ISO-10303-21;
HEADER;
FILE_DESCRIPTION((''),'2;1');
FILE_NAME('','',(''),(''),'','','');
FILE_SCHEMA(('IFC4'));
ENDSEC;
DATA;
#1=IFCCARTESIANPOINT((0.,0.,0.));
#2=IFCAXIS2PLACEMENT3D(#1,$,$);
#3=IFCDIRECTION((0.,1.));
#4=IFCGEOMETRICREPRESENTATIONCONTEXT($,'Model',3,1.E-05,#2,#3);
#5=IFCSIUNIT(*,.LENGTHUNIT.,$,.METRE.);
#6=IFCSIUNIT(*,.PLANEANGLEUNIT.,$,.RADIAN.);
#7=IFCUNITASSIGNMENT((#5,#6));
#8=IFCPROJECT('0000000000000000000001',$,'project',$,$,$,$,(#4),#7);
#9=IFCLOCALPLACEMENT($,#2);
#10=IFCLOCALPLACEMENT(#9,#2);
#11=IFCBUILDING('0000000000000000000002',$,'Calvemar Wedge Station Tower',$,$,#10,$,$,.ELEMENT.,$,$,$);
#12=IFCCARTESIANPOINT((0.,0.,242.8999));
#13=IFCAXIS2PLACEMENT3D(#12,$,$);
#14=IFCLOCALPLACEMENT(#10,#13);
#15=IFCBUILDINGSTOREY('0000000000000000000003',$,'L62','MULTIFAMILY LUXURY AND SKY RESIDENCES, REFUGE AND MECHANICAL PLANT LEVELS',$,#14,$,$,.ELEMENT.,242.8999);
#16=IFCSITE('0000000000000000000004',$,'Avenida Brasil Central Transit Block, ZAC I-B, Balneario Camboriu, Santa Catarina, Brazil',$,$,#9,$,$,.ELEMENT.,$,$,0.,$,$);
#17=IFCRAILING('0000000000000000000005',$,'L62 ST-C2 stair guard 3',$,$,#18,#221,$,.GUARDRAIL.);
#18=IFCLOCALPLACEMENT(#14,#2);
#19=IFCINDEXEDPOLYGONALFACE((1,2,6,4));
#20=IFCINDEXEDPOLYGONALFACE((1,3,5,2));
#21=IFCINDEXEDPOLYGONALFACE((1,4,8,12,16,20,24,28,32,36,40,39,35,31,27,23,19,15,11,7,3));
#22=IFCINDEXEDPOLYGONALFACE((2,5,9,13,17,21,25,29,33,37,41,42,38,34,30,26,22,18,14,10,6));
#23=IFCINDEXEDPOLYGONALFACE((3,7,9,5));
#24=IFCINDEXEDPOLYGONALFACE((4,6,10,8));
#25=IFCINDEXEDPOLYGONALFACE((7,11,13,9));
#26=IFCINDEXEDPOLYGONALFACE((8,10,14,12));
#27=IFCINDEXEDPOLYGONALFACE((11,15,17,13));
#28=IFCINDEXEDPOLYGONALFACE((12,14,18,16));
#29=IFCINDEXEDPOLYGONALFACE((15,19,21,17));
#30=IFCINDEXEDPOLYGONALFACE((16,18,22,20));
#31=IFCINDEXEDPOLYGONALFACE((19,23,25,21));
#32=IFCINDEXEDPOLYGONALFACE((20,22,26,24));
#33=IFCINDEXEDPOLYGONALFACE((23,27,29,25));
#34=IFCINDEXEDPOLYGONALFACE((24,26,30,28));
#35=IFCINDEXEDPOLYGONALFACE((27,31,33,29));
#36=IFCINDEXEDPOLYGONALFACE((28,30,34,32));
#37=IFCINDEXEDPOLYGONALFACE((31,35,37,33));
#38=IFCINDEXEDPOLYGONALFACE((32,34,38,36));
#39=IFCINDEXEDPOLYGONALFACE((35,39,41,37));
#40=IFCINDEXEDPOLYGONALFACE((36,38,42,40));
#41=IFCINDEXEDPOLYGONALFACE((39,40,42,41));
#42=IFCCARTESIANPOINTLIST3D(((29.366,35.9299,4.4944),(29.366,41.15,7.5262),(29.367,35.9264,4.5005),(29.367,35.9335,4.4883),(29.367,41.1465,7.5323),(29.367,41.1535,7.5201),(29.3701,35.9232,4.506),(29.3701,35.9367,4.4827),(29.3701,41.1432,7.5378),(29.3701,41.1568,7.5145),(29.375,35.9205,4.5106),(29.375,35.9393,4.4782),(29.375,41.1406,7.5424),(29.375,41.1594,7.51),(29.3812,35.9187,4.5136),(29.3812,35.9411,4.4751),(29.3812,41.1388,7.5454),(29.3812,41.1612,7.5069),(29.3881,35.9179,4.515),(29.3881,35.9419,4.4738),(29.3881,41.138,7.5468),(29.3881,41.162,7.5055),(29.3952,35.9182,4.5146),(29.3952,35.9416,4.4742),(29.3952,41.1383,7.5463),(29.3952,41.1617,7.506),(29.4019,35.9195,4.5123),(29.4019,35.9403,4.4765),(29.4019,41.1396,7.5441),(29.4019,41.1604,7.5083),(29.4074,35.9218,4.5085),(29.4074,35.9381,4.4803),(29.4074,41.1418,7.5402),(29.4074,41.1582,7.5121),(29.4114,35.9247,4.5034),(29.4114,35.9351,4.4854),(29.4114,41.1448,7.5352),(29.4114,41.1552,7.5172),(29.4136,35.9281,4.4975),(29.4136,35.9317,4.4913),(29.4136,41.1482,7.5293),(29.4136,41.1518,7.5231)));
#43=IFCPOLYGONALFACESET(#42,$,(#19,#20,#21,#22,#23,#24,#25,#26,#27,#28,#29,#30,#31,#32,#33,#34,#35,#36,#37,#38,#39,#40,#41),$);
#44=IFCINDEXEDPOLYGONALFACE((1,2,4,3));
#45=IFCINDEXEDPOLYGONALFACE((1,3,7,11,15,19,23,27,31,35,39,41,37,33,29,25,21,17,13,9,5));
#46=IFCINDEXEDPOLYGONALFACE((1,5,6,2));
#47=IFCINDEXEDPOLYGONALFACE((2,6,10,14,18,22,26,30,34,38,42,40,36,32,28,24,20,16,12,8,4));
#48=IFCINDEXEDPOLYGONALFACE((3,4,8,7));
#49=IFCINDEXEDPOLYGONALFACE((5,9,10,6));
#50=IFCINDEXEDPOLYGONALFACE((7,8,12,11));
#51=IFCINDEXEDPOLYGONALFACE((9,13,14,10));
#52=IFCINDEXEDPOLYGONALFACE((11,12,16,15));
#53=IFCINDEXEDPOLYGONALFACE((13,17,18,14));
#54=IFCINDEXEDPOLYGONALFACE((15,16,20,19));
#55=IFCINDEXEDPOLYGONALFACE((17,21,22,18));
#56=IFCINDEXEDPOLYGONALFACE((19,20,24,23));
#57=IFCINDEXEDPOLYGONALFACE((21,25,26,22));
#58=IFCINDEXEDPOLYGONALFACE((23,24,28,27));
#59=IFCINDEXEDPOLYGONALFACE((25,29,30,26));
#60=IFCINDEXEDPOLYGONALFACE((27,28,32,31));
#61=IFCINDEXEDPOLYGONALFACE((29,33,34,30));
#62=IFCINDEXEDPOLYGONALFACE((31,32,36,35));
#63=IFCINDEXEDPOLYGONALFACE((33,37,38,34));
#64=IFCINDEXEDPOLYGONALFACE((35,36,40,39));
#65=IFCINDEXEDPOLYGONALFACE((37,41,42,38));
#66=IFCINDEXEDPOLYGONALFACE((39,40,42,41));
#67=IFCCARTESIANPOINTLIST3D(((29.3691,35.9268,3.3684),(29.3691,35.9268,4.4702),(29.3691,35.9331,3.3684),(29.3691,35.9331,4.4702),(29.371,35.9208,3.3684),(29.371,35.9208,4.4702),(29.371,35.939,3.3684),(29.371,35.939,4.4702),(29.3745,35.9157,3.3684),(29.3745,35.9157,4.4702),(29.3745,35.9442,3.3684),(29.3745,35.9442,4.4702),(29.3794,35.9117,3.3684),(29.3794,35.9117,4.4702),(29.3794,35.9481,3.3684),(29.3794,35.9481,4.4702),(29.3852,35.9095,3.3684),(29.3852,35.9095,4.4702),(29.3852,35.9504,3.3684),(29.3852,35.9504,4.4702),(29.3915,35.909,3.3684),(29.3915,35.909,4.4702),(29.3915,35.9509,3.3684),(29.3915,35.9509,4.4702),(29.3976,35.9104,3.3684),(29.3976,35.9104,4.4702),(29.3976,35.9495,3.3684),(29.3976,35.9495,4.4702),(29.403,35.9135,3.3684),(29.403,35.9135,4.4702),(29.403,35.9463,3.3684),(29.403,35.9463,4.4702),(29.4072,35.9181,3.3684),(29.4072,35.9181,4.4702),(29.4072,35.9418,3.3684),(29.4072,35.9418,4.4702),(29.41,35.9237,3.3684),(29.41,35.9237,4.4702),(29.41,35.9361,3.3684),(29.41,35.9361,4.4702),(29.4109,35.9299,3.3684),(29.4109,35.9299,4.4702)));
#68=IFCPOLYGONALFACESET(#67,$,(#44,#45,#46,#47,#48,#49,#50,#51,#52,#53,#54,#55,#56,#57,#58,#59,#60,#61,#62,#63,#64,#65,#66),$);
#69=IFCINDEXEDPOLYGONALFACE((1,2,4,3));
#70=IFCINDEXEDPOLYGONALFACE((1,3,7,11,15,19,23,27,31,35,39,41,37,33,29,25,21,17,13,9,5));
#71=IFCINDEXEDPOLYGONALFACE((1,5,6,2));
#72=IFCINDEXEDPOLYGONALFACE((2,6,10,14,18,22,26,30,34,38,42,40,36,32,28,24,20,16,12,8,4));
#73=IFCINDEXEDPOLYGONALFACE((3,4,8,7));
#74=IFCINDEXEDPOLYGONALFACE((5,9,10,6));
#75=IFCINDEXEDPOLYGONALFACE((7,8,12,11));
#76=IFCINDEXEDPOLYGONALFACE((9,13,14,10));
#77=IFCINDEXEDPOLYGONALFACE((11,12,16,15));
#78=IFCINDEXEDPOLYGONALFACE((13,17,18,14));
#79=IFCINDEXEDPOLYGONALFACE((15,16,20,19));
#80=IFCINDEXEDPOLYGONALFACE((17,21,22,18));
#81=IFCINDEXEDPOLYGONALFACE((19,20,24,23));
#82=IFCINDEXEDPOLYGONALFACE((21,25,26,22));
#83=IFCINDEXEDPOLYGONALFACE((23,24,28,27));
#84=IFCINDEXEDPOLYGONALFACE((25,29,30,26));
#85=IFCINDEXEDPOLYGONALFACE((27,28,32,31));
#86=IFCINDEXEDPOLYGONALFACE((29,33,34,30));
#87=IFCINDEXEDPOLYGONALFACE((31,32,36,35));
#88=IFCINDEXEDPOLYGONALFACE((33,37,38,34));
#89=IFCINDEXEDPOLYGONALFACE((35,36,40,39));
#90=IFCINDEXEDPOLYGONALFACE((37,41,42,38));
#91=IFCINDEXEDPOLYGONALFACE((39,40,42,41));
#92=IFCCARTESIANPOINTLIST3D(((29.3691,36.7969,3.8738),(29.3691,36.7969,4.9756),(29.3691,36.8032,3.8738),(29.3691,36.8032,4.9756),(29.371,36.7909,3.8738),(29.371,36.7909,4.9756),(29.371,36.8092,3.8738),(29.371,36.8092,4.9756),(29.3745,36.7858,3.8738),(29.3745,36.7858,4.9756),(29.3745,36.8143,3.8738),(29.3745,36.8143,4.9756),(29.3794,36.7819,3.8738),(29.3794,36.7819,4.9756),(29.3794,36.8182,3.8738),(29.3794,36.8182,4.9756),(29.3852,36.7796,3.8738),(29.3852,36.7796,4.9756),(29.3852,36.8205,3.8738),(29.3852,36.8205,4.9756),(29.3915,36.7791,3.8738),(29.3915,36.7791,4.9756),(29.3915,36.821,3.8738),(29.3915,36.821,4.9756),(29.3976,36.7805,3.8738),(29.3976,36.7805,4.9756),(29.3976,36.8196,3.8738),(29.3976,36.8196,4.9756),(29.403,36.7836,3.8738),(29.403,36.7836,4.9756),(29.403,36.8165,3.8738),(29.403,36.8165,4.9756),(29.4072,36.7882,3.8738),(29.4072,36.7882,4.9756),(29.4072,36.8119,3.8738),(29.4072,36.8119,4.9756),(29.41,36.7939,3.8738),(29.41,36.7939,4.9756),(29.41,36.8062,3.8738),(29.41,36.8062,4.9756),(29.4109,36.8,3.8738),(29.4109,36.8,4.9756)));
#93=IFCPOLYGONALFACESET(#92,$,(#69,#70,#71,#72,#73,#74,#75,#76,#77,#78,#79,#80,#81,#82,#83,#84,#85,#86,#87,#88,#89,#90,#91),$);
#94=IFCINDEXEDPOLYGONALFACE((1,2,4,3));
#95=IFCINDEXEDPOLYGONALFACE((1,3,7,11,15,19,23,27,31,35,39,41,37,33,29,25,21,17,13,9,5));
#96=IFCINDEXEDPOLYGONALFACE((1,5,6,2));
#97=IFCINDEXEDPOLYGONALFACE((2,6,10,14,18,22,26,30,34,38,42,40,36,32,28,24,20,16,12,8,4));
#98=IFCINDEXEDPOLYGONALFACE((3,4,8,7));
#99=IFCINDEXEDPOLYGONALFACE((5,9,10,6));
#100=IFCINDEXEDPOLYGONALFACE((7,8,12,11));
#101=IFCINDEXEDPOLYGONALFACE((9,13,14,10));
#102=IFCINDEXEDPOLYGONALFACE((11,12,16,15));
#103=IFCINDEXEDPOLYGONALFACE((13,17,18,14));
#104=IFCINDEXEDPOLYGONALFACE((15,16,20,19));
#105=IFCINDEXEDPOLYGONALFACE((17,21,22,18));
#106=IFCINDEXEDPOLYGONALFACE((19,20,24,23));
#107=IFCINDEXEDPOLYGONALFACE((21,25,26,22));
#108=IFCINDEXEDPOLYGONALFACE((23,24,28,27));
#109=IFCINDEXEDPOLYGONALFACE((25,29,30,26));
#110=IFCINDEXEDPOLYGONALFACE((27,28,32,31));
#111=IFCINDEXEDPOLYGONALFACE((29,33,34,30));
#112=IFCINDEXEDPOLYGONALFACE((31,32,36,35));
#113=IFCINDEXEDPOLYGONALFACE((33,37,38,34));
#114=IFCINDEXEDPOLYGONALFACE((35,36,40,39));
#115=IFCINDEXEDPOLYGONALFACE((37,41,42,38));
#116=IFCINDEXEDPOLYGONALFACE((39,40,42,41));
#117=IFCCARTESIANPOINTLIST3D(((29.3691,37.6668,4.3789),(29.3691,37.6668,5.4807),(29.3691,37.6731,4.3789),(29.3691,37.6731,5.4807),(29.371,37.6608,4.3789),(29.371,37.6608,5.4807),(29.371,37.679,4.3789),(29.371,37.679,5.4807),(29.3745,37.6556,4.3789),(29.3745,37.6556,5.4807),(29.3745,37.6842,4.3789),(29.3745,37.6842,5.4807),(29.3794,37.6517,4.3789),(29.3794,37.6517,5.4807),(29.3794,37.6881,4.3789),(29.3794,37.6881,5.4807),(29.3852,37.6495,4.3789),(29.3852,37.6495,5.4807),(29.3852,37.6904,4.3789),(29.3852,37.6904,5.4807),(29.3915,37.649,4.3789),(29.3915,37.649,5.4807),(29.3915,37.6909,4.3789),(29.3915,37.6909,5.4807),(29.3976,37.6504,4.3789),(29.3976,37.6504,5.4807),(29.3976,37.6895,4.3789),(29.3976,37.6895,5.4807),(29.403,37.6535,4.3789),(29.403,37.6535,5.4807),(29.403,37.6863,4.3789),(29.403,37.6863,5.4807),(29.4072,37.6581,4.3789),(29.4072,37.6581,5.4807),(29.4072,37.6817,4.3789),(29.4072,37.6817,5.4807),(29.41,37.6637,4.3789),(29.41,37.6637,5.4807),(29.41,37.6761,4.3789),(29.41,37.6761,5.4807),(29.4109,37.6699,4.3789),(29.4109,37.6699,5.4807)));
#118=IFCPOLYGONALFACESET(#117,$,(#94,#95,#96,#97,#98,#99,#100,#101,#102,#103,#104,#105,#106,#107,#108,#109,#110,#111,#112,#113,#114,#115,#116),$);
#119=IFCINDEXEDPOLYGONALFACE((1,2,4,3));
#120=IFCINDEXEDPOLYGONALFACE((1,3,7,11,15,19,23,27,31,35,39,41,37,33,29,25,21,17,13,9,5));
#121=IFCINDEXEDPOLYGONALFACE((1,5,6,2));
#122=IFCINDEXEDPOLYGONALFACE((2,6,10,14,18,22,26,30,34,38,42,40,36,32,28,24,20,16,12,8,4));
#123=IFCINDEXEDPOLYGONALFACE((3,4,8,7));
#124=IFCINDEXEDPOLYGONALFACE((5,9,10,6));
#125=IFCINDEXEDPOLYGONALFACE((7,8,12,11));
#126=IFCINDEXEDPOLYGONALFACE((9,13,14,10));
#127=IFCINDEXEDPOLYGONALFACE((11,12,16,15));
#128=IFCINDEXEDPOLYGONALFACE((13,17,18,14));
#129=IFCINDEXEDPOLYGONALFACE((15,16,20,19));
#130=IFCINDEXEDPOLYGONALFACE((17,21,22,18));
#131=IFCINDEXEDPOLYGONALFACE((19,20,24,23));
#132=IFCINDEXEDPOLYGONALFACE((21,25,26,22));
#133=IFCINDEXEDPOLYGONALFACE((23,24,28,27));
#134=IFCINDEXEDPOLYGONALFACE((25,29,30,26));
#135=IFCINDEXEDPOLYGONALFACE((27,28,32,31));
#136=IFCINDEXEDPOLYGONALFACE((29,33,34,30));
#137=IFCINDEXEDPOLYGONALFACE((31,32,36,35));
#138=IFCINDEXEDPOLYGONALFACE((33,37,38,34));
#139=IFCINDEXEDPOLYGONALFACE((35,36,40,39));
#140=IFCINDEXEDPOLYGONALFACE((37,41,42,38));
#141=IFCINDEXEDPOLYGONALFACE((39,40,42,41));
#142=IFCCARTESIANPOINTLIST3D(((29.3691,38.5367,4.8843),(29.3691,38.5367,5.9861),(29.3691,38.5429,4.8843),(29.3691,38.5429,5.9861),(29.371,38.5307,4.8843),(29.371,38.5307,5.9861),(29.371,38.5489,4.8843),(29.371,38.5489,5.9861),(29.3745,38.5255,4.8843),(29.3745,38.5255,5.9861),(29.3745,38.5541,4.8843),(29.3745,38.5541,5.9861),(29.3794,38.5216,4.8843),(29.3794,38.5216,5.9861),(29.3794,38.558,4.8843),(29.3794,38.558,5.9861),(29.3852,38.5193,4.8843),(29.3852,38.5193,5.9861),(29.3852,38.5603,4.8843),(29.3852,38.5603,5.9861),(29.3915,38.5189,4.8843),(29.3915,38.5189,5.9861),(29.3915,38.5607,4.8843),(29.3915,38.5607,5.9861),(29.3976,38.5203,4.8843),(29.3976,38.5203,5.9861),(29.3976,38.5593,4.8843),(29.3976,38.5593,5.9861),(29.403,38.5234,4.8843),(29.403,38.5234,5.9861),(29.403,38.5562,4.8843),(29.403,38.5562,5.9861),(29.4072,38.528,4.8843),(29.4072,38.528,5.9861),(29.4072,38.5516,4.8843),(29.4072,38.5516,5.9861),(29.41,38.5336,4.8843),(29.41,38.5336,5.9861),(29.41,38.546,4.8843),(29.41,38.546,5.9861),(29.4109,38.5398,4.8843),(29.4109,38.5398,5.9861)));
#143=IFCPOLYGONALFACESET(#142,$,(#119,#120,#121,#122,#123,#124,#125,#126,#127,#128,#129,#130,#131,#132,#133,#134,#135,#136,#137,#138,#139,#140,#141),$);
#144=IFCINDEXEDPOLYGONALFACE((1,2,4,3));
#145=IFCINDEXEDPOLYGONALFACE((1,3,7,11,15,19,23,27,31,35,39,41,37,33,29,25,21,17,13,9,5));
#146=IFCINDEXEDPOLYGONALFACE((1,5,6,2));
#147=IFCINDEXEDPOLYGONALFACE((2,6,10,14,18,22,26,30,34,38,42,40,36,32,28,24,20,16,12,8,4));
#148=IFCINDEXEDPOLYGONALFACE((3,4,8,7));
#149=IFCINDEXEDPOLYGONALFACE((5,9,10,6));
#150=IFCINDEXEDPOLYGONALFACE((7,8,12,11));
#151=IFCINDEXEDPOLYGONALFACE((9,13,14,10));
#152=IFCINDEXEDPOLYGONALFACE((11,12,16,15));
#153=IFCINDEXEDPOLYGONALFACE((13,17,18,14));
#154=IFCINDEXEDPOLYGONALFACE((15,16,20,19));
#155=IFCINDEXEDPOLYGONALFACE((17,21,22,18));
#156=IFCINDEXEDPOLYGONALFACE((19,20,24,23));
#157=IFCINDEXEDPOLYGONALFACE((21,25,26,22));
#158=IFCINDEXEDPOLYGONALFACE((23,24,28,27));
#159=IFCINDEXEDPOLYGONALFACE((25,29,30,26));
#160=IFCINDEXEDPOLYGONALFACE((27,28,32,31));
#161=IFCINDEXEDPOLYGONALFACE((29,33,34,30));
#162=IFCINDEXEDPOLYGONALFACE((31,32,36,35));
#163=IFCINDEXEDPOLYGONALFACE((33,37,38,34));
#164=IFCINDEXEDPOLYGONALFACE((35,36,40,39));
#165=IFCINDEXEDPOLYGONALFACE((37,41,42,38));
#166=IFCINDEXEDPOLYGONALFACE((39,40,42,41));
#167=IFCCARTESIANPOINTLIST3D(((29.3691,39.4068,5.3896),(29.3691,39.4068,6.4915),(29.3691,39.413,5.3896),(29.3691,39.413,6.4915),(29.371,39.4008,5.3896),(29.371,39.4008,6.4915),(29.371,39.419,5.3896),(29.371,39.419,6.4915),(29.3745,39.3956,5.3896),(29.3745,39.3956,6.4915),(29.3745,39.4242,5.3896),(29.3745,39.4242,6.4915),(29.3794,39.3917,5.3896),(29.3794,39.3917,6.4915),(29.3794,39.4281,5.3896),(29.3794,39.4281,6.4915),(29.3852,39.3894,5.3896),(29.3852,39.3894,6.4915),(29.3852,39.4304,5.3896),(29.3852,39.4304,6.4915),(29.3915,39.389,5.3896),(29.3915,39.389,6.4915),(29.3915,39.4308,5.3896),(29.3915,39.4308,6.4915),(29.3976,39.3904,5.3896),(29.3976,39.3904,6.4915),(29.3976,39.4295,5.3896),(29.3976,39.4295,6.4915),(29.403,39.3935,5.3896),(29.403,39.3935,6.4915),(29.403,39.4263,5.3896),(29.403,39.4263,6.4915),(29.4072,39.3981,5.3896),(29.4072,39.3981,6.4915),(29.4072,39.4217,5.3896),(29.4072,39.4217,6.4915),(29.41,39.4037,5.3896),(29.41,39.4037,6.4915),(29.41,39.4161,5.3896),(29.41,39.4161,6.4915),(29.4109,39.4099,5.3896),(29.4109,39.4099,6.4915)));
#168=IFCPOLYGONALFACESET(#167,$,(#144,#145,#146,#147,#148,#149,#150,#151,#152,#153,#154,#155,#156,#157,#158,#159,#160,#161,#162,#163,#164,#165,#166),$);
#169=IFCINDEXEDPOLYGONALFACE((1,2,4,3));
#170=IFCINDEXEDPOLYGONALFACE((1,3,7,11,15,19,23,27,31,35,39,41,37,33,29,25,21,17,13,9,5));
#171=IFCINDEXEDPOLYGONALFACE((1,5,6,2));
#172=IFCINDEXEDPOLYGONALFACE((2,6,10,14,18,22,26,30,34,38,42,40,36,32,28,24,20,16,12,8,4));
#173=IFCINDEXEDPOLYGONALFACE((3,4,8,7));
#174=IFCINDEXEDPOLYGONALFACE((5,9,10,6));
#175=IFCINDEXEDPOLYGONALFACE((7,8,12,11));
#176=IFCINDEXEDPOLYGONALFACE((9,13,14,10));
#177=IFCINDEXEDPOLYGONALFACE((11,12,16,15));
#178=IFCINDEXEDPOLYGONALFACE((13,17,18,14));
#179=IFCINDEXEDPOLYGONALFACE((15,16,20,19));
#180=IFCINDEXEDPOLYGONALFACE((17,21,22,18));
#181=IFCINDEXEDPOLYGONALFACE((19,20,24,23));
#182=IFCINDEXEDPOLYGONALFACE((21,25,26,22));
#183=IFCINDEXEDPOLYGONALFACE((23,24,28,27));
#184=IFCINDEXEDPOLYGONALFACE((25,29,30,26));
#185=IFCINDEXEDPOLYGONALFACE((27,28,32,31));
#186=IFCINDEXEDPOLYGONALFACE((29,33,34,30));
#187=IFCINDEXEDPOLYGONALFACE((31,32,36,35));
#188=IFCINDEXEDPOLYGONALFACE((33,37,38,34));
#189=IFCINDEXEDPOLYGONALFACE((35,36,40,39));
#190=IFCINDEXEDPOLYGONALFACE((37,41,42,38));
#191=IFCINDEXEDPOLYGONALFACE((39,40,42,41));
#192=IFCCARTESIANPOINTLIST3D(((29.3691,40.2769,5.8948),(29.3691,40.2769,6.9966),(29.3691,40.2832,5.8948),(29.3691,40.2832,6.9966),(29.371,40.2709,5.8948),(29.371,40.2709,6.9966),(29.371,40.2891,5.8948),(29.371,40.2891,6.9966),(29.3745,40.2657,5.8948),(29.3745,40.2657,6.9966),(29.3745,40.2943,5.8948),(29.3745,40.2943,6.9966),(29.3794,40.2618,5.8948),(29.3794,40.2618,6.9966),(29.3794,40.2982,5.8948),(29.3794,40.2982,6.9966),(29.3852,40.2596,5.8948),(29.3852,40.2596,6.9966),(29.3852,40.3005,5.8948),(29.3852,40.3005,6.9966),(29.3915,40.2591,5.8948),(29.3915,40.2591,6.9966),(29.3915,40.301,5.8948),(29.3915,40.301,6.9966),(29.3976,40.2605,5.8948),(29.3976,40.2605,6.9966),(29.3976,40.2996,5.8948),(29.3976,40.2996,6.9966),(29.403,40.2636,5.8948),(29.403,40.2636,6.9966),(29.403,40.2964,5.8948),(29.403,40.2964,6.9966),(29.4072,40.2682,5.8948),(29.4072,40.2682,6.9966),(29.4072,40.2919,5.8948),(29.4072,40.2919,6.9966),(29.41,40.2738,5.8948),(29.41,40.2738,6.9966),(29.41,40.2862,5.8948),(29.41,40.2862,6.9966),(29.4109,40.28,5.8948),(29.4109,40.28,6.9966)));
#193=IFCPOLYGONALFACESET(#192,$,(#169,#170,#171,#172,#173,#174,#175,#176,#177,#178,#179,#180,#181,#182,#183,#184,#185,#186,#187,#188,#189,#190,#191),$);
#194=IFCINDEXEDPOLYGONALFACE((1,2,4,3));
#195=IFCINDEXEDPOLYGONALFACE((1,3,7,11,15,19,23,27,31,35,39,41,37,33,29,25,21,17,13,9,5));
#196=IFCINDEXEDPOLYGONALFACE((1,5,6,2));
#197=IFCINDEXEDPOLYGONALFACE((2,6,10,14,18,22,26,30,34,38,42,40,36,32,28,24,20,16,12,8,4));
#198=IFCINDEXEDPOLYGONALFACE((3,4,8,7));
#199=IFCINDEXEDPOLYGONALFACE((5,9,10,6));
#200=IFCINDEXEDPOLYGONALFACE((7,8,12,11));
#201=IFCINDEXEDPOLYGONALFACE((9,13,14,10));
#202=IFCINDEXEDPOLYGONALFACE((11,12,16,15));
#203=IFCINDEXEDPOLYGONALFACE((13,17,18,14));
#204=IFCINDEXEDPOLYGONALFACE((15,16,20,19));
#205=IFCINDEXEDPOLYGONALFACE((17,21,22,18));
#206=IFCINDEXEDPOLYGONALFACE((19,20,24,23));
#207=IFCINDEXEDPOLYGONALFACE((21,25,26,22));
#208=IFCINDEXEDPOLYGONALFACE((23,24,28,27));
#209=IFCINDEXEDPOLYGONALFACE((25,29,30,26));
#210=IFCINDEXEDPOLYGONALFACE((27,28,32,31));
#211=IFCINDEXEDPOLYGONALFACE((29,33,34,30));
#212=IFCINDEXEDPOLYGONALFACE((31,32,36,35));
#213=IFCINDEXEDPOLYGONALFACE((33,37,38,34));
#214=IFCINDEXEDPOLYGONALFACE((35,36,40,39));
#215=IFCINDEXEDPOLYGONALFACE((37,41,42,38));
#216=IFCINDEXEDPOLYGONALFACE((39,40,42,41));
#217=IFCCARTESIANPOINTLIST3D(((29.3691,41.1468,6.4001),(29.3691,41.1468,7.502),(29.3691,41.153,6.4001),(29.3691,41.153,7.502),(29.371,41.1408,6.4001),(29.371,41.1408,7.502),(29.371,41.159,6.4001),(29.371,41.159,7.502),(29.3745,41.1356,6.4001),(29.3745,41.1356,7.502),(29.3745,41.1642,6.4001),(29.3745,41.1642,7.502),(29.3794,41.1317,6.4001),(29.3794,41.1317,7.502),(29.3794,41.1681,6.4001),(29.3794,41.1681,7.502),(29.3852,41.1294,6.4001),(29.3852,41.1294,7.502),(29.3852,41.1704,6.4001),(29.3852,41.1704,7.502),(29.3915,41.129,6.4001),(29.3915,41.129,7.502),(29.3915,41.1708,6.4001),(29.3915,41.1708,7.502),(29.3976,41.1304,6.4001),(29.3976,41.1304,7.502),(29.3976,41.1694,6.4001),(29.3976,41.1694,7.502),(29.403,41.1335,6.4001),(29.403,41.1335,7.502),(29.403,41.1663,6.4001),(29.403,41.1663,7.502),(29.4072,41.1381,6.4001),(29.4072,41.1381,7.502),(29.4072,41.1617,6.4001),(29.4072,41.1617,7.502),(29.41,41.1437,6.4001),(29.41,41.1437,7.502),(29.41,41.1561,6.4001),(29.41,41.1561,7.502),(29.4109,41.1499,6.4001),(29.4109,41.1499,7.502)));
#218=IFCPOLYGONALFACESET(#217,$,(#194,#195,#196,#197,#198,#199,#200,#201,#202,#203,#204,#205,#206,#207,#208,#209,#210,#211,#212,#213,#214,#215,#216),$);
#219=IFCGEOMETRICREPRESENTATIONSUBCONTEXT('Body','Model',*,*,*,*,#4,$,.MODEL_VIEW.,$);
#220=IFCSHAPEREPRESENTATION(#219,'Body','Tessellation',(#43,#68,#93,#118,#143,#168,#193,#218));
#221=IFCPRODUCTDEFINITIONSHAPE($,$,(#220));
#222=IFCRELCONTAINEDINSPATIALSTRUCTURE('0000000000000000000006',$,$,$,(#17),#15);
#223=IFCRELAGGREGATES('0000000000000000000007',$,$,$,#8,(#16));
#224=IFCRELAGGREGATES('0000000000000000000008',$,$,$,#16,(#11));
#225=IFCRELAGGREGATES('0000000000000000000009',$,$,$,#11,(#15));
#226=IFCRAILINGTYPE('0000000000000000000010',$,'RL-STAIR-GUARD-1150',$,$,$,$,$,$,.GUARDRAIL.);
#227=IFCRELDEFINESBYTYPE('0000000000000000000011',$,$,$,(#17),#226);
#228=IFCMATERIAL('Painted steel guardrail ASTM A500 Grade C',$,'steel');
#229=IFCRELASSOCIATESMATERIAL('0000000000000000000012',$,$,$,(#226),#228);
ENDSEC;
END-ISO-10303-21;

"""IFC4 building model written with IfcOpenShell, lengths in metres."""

from ifc_helpers import new_model, si_unit, direction, frame, origin, origin_2d, place, context, subcontext, project, spatial, circle, extrude, material, type_object, element, save


model = new_model("IFC4")

# Units and contexts
model_context = context("Model", 3, precision=1e-05, world=origin(), true_north=direction((0.0, 1.0)))
body_context = subcontext(model_context, "Body", "Model", "MODEL_VIEW")
ifc_project = project(units=[si_unit("LENGTHUNIT", "METRE"), si_unit("PLANEANGLEUNIT", "RADIAN")], contexts=[model_context])

# Site, building, storey
site_placement = place(None, origin())
site = spatial("IfcSite", under=ifc_project, at=site_placement, Name="Avenida Brasil Central Transit Block, ZAC I-B, Balneario Camboriu, Santa Catarina, Brazil", CompositionType="ELEMENT", RefElevation=0.0)
building_placement = place(site_placement, origin())
building = spatial("IfcBuilding", under=site, at=building_placement, Name="Calvemar Wedge Station Tower", CompositionType="ELEMENT")
storey_placement = place(building_placement, frame((0.0, 0.0, 242.8999)))
storey = spatial("IfcBuildingStorey", under=building, at=storey_placement, Name="L62", Description="MULTIFAMILY LUXURY AND SKY RESIDENCES, REFUGE AND MECHANICAL PLANT LEVELS", CompositionType="ELEMENT", Elevation=242.8999)

# Railing
ifc_material_1 = material(Name="Painted steel guardrail ASTM A500 Grade C", Category="steel")
railing_type_1 = type_object("IfcRailingType", Name="RL-STAIR-GUARD-1150", PredefinedType="GUARDRAIL", material=ifc_material_1)
railing_1_placement = place(storey_placement, frame((29.3899, 35.9299, 3.3684)))
element("IfcRailing", 1, at=railing_1_placement, inside=storey, type_object=railing_type_1, Name="L62 ST-C2 stair guard 3", PredefinedType="GUARDRAIL", context=body_context, shape_type="SweptSolid", body=[
    extrude(circle(Radius=0.0239, at=origin_2d()), frame((0.0, 0.0, 1.126), z_axis=(0.0, 0.864732, 0.502233), x_axis=(-1.0, 0.0, 0.0)), (0.0, 0.0, 1.0), 6.0366),
    extrude(circle(Radius=0.021, at=origin_2d()), origin(), (0.0, 0.0, 1.0), 1.1018),
    extrude(circle(Radius=0.021, at=origin_2d()), frame((0.0, 0.8701, 0.5054)), (0.0, 0.0, 1.0), 1.1018),
    extrude(circle(Radius=0.021, at=origin_2d()), frame((0.0, 1.74, 1.0105)), (0.0, 0.0, 1.0), 1.1018),
    extrude(circle(Radius=0.021, at=origin_2d()), frame((0.0, 2.6099, 1.5159)), (0.0, 0.0, 1.0), 1.1018),
    extrude(circle(Radius=0.021, at=origin_2d()), frame((0.0, 3.48, 2.0212)), (0.0, 0.0, 1.0), 1.1018),
    extrude(circle(Radius=0.021, at=origin_2d()), frame((0.0, 4.3501, 2.5264)), (0.0, 0.0, 1.0), 1.1018),
    extrude(circle(Radius=0.021, at=origin_2d()), frame((0.0, 5.22, 3.0317)), (0.0, 0.0, 1.0), 1.1018),
])

save(model, "model.ifc")
